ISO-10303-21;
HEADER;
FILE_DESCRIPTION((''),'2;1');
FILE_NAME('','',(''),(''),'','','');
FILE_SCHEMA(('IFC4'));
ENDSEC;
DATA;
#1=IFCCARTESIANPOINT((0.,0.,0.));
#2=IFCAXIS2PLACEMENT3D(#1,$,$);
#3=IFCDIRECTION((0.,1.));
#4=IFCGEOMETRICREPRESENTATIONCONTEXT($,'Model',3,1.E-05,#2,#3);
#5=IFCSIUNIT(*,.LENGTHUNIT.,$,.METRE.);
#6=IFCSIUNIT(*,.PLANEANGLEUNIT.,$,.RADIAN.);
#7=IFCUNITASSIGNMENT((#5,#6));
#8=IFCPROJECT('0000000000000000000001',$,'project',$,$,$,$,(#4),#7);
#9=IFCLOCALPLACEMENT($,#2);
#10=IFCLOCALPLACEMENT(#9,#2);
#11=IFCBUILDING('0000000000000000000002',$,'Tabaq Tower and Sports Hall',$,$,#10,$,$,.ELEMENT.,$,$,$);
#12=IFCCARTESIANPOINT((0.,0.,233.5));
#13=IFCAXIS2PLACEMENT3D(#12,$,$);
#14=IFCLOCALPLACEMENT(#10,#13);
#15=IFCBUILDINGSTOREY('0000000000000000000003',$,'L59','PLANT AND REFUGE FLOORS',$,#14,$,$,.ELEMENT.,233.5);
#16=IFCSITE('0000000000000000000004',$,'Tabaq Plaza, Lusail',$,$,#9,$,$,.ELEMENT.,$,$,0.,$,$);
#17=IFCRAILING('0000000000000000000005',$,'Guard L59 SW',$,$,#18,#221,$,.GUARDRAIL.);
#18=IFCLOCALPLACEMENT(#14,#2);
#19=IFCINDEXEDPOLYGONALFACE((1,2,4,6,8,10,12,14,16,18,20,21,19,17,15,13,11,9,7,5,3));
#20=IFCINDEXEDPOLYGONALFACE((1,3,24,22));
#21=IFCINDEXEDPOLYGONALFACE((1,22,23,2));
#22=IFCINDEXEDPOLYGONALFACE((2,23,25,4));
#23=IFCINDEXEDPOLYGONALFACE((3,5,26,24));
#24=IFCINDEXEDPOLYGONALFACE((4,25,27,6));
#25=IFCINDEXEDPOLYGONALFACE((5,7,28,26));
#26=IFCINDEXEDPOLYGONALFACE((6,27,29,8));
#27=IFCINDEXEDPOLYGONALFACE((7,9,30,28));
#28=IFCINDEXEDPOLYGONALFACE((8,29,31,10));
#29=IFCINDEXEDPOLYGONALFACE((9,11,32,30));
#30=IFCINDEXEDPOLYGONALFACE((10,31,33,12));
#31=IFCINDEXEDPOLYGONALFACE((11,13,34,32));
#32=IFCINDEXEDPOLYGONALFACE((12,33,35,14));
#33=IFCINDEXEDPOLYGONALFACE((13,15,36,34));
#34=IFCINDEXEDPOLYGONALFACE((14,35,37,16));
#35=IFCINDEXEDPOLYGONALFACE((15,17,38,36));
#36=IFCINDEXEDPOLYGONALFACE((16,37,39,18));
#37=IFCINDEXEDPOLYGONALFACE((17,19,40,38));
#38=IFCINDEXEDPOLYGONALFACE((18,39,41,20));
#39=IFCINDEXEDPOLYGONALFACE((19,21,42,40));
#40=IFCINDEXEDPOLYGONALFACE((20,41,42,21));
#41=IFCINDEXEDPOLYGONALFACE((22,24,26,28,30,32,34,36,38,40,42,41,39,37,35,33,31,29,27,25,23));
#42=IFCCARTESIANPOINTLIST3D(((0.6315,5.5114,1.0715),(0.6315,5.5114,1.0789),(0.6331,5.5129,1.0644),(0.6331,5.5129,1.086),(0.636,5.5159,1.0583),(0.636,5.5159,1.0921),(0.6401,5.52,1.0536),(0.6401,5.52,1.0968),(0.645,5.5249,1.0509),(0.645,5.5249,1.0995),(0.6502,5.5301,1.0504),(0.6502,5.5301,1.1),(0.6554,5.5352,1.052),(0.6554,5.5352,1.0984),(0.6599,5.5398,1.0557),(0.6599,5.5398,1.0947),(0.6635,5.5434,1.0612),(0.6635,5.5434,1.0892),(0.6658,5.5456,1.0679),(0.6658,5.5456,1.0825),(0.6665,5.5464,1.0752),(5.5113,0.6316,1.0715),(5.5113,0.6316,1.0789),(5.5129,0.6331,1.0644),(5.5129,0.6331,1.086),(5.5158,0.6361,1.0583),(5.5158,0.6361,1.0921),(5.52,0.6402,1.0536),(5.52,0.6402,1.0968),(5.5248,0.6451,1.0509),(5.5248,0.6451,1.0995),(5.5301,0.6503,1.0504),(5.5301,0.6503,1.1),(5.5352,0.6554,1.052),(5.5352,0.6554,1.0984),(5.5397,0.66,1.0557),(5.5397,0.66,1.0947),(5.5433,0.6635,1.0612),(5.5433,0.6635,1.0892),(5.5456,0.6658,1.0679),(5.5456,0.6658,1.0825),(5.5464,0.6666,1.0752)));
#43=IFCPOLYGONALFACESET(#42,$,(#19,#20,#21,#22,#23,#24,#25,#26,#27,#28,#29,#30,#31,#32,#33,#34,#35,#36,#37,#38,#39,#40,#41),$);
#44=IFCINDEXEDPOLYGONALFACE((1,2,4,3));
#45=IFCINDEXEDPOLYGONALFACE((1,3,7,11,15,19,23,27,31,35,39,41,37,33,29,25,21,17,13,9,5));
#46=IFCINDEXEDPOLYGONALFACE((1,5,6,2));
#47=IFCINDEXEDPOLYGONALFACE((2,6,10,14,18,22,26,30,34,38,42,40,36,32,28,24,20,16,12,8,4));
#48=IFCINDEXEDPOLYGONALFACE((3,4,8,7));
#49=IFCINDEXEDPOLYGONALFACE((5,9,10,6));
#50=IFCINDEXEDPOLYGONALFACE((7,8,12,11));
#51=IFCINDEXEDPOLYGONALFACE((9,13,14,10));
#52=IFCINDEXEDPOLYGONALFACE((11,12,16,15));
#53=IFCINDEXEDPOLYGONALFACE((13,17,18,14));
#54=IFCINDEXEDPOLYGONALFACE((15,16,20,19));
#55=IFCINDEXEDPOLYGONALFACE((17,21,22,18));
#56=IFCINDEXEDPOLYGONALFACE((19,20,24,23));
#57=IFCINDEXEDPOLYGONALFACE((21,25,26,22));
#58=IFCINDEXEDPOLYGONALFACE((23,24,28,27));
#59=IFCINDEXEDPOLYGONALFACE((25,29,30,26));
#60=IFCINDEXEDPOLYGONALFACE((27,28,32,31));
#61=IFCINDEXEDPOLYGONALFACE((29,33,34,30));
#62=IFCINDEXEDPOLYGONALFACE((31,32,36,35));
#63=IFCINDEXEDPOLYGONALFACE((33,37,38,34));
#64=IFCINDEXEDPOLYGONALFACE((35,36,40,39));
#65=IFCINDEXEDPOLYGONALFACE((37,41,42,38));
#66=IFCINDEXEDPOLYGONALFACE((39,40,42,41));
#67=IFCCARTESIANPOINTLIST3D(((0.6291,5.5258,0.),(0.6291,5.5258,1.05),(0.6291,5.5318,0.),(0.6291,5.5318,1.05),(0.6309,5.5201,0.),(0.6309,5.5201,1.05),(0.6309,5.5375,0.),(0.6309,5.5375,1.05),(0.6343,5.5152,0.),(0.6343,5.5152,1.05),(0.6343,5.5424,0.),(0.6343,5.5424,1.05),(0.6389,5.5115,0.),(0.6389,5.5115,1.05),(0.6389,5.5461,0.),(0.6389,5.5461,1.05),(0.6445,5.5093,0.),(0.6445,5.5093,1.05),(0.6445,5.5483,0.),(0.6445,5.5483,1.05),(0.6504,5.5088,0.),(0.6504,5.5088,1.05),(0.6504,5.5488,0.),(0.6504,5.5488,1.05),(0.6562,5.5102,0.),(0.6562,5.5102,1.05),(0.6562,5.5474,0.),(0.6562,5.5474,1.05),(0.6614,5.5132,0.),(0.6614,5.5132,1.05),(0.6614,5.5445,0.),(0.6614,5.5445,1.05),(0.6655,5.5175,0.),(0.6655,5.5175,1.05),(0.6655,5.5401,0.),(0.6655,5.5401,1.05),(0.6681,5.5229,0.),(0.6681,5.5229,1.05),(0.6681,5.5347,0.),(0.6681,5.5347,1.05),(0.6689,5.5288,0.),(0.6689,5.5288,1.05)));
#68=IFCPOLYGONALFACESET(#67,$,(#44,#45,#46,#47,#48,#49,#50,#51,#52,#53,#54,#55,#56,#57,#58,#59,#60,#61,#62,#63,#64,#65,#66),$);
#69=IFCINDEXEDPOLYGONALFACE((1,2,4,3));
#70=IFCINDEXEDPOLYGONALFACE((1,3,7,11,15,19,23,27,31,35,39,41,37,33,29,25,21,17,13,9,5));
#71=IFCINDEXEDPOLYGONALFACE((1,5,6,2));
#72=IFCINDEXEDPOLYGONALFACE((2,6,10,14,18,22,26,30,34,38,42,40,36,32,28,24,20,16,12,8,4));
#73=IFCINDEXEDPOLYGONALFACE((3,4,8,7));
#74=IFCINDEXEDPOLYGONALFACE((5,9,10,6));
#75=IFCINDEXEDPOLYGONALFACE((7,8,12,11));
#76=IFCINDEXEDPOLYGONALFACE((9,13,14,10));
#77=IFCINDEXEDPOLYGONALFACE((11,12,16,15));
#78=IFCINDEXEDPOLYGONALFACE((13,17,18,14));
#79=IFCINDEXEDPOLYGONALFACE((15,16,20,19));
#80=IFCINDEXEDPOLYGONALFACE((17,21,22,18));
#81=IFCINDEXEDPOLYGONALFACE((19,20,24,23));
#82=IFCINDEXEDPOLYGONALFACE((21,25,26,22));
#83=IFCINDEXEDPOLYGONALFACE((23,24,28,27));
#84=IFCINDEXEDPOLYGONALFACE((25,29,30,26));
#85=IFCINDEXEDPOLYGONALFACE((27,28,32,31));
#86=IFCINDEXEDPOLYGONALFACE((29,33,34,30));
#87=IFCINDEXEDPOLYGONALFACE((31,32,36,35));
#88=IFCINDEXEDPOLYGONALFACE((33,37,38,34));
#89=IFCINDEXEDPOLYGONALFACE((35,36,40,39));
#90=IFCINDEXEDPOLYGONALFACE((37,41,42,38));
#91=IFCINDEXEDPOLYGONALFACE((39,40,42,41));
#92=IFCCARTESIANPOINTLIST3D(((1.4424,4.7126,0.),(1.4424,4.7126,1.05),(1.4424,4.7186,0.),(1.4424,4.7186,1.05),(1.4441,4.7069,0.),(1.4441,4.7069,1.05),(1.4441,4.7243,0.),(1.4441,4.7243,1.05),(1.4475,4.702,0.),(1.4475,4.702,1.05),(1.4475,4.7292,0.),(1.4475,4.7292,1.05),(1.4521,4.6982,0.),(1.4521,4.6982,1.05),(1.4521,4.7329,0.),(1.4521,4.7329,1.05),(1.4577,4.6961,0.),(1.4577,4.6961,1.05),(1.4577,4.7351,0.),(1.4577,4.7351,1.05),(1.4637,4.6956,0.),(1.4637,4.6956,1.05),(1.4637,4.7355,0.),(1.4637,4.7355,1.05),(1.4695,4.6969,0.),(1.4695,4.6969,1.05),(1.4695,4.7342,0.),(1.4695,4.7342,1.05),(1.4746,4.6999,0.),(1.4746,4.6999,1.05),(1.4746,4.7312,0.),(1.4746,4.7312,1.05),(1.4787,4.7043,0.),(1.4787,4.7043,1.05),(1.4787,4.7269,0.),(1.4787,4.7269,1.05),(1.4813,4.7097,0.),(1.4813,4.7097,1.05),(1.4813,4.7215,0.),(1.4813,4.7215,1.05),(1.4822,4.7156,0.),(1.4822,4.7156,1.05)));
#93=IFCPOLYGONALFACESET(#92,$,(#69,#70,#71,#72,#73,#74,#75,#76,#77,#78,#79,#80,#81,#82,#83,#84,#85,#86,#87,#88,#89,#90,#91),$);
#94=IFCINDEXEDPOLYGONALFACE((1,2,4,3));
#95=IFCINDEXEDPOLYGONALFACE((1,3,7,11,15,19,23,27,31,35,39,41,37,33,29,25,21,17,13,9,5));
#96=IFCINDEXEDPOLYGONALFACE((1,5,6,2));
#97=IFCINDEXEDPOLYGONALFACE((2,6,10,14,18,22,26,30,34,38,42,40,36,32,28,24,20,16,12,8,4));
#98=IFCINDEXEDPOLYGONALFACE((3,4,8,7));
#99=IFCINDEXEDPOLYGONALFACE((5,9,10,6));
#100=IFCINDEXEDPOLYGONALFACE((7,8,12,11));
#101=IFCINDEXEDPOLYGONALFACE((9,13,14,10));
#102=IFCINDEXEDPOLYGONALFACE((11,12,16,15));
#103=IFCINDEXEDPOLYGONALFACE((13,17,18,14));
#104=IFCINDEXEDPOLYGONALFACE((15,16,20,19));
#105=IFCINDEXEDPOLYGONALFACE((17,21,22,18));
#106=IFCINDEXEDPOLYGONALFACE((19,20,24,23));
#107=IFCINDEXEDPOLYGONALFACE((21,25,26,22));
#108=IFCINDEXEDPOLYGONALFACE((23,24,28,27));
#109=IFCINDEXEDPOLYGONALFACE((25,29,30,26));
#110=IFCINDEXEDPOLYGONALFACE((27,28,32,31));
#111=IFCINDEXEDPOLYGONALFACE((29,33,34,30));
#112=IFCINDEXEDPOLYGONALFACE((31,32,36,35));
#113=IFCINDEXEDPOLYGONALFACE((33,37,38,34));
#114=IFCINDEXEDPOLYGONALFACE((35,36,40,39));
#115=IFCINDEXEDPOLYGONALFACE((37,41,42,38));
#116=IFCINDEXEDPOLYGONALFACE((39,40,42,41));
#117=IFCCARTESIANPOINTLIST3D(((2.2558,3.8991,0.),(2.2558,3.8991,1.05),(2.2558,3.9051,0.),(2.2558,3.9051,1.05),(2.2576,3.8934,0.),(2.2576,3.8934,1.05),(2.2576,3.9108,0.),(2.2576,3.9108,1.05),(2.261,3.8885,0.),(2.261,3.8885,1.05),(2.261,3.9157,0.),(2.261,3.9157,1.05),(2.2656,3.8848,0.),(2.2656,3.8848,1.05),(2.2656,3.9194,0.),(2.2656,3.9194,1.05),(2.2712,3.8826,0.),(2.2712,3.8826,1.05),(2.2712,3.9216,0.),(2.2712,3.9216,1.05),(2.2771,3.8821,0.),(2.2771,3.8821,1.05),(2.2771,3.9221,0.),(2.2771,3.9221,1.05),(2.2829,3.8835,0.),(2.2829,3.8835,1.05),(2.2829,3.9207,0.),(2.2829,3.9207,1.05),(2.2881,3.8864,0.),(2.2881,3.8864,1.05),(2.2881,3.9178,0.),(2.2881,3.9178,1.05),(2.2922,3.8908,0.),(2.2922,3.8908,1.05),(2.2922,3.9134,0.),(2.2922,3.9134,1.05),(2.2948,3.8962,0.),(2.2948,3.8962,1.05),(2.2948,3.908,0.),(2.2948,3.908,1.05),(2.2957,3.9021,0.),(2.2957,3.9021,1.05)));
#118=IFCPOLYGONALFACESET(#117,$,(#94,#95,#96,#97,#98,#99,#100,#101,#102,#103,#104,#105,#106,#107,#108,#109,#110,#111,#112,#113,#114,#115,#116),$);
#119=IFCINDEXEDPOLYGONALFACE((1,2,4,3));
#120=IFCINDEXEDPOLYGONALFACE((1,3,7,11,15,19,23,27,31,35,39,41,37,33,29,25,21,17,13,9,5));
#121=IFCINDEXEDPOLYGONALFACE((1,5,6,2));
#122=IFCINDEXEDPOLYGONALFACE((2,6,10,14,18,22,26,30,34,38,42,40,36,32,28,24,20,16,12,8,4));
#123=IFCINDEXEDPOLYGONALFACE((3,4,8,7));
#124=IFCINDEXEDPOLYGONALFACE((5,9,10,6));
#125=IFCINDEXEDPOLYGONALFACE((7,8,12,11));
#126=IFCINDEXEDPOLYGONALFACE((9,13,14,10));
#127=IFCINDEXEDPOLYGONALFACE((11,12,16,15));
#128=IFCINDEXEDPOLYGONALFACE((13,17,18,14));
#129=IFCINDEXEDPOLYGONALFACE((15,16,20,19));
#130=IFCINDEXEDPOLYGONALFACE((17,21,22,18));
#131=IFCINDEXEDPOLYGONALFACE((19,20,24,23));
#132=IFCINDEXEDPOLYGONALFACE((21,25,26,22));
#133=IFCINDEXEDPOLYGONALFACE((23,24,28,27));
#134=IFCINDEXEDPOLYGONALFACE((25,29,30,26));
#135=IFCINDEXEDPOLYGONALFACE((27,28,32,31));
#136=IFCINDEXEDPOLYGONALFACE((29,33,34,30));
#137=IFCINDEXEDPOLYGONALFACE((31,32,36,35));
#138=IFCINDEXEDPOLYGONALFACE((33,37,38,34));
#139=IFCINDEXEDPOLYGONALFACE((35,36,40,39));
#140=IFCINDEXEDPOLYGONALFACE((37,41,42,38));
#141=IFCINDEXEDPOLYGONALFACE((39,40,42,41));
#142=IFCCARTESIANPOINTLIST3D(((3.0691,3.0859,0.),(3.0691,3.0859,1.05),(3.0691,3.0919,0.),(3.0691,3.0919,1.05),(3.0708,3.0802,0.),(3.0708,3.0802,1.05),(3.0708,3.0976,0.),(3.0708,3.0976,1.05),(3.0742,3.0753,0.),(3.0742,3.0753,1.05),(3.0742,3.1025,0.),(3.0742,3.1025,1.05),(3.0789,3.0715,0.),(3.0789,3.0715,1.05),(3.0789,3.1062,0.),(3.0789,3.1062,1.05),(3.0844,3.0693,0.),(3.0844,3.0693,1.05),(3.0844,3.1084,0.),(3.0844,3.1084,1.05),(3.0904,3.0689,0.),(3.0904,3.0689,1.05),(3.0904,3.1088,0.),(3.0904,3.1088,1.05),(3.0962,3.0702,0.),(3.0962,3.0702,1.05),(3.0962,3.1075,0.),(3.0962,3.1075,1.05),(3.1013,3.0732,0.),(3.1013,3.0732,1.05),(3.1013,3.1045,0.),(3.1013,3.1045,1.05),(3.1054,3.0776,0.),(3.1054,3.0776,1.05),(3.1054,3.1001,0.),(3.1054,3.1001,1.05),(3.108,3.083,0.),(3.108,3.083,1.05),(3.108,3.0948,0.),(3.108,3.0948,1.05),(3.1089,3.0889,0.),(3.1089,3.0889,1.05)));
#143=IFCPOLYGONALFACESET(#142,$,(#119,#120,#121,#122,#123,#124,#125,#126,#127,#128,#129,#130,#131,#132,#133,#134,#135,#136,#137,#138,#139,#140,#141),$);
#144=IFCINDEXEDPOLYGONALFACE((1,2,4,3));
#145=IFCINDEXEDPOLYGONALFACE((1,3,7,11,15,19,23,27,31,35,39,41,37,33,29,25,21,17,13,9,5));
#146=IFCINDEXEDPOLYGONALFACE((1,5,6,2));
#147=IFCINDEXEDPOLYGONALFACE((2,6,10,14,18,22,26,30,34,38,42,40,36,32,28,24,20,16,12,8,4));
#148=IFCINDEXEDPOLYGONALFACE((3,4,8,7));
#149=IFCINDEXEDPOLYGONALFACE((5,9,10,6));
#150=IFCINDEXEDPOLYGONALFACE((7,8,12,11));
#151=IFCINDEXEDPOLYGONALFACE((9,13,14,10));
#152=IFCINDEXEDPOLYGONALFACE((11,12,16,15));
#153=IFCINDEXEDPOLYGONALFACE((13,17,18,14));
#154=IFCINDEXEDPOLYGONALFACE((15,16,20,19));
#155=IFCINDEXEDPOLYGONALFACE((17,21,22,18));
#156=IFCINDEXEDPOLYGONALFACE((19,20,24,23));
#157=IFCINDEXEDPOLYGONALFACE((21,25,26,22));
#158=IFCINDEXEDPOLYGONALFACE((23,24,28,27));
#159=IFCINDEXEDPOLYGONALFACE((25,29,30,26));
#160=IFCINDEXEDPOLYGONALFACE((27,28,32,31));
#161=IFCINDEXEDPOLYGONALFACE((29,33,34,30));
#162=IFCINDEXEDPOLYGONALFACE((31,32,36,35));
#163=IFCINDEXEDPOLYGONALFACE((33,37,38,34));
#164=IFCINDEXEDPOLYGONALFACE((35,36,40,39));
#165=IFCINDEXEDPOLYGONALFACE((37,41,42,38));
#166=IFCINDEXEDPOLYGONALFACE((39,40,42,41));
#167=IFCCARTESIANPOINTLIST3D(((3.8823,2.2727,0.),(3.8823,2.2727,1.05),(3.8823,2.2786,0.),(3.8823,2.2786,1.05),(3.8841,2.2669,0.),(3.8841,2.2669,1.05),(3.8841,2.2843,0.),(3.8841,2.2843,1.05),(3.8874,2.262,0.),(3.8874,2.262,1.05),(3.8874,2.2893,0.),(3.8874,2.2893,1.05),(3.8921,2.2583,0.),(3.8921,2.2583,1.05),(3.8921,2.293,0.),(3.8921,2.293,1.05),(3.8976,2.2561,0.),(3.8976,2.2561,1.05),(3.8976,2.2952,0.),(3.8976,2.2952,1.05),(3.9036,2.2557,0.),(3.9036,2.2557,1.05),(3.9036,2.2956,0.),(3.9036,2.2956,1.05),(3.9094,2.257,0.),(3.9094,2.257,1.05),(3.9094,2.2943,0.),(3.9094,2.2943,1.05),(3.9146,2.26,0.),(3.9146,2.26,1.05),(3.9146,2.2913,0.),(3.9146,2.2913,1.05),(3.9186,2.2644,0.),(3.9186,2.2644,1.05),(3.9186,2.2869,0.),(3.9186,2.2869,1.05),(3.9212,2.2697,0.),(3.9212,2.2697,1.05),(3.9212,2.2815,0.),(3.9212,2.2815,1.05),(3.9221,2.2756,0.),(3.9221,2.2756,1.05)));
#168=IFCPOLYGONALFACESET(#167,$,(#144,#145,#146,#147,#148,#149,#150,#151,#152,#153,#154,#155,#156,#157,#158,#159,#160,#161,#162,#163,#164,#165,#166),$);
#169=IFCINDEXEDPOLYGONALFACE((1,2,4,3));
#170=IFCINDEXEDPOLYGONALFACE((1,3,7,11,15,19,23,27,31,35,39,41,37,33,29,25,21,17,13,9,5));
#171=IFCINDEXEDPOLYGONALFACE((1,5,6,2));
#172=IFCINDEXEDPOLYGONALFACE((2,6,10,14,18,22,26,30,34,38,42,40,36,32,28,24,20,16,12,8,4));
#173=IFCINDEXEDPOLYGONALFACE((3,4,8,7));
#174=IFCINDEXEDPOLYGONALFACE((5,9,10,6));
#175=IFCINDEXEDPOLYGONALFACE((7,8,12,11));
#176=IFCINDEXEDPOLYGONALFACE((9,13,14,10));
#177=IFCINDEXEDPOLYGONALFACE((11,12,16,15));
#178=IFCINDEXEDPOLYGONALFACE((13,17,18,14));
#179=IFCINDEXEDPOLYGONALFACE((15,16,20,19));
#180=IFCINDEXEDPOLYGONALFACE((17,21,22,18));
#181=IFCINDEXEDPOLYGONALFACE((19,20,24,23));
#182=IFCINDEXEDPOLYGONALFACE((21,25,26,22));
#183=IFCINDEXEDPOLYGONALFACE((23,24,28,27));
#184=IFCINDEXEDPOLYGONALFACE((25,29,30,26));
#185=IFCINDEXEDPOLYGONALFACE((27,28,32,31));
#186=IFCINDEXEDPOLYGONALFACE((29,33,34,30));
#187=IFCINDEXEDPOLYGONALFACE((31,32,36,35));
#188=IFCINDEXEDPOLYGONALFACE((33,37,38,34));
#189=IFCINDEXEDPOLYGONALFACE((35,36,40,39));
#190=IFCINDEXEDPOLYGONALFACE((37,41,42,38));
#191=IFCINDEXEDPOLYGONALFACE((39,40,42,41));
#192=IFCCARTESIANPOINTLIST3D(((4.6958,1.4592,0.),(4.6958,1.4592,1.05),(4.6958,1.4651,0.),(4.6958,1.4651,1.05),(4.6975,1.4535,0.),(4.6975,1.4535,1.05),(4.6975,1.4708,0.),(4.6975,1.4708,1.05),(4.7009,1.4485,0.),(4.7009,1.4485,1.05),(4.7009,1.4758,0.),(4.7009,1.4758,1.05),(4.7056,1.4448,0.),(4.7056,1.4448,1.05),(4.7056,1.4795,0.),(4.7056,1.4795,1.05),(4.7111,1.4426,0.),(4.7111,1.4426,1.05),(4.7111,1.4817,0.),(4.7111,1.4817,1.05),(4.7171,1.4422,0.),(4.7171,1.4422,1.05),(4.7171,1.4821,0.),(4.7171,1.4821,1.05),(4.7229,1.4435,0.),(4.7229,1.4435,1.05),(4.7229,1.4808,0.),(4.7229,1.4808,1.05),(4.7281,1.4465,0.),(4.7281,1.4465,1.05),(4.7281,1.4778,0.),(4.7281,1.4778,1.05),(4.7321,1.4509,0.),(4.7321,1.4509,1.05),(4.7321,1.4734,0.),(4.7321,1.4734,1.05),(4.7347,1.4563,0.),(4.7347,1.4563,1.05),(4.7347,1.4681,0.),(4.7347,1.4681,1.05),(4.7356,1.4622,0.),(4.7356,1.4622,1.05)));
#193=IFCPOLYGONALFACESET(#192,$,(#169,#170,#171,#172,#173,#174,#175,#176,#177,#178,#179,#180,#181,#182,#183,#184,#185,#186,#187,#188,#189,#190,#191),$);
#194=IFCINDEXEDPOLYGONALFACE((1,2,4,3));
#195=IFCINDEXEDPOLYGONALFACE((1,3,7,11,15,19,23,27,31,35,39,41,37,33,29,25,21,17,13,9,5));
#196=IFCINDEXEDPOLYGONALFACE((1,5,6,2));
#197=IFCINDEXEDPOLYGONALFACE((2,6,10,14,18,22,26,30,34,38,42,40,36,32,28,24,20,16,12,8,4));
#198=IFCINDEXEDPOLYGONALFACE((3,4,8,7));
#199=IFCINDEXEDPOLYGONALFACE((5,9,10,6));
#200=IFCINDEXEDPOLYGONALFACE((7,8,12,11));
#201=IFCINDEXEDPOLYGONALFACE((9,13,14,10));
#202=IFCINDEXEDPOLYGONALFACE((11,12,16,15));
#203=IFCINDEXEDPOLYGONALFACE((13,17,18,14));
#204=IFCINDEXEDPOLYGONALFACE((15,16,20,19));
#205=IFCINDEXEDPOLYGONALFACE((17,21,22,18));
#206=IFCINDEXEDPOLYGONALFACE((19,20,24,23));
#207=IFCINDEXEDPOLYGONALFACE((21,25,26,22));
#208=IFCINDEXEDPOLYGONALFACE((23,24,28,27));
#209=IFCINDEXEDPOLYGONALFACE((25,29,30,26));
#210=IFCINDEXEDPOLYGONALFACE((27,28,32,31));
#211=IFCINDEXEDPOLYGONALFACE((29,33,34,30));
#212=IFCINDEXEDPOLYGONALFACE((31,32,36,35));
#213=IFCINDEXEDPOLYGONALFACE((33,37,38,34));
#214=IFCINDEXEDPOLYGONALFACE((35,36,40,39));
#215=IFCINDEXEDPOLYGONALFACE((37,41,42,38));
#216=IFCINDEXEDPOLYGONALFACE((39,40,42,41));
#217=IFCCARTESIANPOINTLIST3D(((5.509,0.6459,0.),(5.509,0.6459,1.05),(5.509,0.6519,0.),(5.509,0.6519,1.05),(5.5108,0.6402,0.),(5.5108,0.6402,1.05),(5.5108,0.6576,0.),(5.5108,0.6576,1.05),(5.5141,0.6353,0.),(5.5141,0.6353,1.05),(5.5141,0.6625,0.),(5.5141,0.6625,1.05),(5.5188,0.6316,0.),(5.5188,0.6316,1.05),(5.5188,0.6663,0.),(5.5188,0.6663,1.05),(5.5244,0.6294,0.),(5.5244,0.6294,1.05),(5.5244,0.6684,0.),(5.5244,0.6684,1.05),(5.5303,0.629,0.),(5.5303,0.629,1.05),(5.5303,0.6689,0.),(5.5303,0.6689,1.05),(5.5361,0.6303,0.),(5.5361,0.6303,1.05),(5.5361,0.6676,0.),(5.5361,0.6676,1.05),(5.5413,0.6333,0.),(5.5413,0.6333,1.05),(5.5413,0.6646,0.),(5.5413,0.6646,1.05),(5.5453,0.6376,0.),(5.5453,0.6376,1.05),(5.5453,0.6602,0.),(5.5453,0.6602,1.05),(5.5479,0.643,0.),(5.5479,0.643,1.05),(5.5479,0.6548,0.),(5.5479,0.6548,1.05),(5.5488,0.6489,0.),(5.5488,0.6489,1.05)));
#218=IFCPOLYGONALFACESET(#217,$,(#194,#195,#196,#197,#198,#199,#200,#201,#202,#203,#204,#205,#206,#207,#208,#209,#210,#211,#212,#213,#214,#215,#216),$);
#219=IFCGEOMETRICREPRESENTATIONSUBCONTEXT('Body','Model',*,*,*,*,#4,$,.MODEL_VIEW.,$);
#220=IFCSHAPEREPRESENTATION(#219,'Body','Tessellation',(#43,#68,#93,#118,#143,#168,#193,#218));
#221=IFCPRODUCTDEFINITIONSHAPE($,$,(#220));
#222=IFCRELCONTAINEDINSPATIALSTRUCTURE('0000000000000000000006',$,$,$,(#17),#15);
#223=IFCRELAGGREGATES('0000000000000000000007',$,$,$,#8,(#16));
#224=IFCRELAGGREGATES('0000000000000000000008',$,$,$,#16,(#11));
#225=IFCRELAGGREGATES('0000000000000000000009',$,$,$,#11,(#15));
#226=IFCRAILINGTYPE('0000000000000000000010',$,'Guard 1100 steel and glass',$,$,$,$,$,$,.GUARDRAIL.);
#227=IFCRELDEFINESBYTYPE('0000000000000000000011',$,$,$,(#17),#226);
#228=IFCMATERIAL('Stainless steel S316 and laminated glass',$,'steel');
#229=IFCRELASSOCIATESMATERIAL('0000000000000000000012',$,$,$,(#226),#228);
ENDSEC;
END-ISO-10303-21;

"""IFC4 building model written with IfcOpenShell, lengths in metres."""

from ifc_helpers import new_model, si_unit, direction, frame, origin, origin_2d, place, context, subcontext, project, spatial, circle, extrude, material, type_object, element, save


model = new_model("IFC4")

# Units and contexts
model_context = context("Model", 3, precision=1e-05, world=origin(), true_north=direction((0.0, 1.0)))
body_context = subcontext(model_context, "Body", "Model", "MODEL_VIEW")
ifc_project = project(units=[si_unit("LENGTHUNIT", "METRE"), si_unit("PLANEANGLEUNIT", "RADIAN")], contexts=[model_context])

# Site, building, storey
site_placement = place(None, origin())
site = spatial("IfcSite", under=ifc_project, at=site_placement, Name="Tabaq Plaza, Lusail", CompositionType="ELEMENT", RefElevation=0.0)
building_placement = place(site_placement, origin())
building = spatial("IfcBuilding", under=site, at=building_placement, Name="Tabaq Tower and Sports Hall", CompositionType="ELEMENT")
storey_placement = place(building_placement, frame((0.0, 0.0, 233.5)))
storey = spatial("IfcBuildingStorey", under=building, at=storey_placement, Name="L59", Description="PLANT AND REFUGE FLOORS", CompositionType="ELEMENT", Elevation=233.5)

# Railing
ifc_material_1 = material(Name="Stainless steel S316 and laminated glass", Category="steel")
railing_type = type_object("IfcRailingType", Name="Guard 1100 steel and glass", PredefinedType="GUARDRAIL", material=ifc_material_1)
railing_1_placement = place(storey_placement, frame((0.6489, 5.5288, 0.0)))
element("IfcRailing", 1, at=railing_1_placement, inside=storey, type_object=railing_type, Name="Guard L59 SW", PredefinedType="GUARDRAIL", context=body_context, shape_type="SweptSolid", body=[
    extrude(circle(Radius=0.0249, at=origin_2d()), frame((0.0, 0.0, 1.0752), z_axis=(0.707107, -0.707107, 0.0), x_axis=(0.707107, 0.707107, 0.0)), (0.0, 0.0, 1.0), 6.9011),
    extrude(circle(Radius=0.02, at=origin_2d()), origin(), (0.0, 0.0, 1.0), 1.05),
    extrude(circle(Radius=0.02, at=origin_2d()), frame((0.8132, -0.8132, 0.0)), (0.0, 0.0, 1.0), 1.05),
    extrude(circle(Radius=0.02, at=origin_2d()), frame((1.6267, -1.6267, 0.0)), (0.0, 0.0, 1.0), 1.05),
    extrude(circle(Radius=0.02, at=origin_2d()), frame((2.4399, -2.4399, 0.0)), (0.0, 0.0, 1.0), 1.05),
    extrude(circle(Radius=0.02, at=origin_2d()), frame((3.2532, -3.2532, 0.0)), (0.0, 0.0, 1.0), 1.05),
    extrude(circle(Radius=0.02, at=origin_2d()), frame((4.0667, -4.0667, 0.0)), (0.0, 0.0, 1.0), 1.05),
    extrude(circle(Radius=0.02, at=origin_2d()), frame((4.8799, -4.8799, 0.0)), (0.0, 0.0, 1.0), 1.05),
])

save(model, "model.ifc")
